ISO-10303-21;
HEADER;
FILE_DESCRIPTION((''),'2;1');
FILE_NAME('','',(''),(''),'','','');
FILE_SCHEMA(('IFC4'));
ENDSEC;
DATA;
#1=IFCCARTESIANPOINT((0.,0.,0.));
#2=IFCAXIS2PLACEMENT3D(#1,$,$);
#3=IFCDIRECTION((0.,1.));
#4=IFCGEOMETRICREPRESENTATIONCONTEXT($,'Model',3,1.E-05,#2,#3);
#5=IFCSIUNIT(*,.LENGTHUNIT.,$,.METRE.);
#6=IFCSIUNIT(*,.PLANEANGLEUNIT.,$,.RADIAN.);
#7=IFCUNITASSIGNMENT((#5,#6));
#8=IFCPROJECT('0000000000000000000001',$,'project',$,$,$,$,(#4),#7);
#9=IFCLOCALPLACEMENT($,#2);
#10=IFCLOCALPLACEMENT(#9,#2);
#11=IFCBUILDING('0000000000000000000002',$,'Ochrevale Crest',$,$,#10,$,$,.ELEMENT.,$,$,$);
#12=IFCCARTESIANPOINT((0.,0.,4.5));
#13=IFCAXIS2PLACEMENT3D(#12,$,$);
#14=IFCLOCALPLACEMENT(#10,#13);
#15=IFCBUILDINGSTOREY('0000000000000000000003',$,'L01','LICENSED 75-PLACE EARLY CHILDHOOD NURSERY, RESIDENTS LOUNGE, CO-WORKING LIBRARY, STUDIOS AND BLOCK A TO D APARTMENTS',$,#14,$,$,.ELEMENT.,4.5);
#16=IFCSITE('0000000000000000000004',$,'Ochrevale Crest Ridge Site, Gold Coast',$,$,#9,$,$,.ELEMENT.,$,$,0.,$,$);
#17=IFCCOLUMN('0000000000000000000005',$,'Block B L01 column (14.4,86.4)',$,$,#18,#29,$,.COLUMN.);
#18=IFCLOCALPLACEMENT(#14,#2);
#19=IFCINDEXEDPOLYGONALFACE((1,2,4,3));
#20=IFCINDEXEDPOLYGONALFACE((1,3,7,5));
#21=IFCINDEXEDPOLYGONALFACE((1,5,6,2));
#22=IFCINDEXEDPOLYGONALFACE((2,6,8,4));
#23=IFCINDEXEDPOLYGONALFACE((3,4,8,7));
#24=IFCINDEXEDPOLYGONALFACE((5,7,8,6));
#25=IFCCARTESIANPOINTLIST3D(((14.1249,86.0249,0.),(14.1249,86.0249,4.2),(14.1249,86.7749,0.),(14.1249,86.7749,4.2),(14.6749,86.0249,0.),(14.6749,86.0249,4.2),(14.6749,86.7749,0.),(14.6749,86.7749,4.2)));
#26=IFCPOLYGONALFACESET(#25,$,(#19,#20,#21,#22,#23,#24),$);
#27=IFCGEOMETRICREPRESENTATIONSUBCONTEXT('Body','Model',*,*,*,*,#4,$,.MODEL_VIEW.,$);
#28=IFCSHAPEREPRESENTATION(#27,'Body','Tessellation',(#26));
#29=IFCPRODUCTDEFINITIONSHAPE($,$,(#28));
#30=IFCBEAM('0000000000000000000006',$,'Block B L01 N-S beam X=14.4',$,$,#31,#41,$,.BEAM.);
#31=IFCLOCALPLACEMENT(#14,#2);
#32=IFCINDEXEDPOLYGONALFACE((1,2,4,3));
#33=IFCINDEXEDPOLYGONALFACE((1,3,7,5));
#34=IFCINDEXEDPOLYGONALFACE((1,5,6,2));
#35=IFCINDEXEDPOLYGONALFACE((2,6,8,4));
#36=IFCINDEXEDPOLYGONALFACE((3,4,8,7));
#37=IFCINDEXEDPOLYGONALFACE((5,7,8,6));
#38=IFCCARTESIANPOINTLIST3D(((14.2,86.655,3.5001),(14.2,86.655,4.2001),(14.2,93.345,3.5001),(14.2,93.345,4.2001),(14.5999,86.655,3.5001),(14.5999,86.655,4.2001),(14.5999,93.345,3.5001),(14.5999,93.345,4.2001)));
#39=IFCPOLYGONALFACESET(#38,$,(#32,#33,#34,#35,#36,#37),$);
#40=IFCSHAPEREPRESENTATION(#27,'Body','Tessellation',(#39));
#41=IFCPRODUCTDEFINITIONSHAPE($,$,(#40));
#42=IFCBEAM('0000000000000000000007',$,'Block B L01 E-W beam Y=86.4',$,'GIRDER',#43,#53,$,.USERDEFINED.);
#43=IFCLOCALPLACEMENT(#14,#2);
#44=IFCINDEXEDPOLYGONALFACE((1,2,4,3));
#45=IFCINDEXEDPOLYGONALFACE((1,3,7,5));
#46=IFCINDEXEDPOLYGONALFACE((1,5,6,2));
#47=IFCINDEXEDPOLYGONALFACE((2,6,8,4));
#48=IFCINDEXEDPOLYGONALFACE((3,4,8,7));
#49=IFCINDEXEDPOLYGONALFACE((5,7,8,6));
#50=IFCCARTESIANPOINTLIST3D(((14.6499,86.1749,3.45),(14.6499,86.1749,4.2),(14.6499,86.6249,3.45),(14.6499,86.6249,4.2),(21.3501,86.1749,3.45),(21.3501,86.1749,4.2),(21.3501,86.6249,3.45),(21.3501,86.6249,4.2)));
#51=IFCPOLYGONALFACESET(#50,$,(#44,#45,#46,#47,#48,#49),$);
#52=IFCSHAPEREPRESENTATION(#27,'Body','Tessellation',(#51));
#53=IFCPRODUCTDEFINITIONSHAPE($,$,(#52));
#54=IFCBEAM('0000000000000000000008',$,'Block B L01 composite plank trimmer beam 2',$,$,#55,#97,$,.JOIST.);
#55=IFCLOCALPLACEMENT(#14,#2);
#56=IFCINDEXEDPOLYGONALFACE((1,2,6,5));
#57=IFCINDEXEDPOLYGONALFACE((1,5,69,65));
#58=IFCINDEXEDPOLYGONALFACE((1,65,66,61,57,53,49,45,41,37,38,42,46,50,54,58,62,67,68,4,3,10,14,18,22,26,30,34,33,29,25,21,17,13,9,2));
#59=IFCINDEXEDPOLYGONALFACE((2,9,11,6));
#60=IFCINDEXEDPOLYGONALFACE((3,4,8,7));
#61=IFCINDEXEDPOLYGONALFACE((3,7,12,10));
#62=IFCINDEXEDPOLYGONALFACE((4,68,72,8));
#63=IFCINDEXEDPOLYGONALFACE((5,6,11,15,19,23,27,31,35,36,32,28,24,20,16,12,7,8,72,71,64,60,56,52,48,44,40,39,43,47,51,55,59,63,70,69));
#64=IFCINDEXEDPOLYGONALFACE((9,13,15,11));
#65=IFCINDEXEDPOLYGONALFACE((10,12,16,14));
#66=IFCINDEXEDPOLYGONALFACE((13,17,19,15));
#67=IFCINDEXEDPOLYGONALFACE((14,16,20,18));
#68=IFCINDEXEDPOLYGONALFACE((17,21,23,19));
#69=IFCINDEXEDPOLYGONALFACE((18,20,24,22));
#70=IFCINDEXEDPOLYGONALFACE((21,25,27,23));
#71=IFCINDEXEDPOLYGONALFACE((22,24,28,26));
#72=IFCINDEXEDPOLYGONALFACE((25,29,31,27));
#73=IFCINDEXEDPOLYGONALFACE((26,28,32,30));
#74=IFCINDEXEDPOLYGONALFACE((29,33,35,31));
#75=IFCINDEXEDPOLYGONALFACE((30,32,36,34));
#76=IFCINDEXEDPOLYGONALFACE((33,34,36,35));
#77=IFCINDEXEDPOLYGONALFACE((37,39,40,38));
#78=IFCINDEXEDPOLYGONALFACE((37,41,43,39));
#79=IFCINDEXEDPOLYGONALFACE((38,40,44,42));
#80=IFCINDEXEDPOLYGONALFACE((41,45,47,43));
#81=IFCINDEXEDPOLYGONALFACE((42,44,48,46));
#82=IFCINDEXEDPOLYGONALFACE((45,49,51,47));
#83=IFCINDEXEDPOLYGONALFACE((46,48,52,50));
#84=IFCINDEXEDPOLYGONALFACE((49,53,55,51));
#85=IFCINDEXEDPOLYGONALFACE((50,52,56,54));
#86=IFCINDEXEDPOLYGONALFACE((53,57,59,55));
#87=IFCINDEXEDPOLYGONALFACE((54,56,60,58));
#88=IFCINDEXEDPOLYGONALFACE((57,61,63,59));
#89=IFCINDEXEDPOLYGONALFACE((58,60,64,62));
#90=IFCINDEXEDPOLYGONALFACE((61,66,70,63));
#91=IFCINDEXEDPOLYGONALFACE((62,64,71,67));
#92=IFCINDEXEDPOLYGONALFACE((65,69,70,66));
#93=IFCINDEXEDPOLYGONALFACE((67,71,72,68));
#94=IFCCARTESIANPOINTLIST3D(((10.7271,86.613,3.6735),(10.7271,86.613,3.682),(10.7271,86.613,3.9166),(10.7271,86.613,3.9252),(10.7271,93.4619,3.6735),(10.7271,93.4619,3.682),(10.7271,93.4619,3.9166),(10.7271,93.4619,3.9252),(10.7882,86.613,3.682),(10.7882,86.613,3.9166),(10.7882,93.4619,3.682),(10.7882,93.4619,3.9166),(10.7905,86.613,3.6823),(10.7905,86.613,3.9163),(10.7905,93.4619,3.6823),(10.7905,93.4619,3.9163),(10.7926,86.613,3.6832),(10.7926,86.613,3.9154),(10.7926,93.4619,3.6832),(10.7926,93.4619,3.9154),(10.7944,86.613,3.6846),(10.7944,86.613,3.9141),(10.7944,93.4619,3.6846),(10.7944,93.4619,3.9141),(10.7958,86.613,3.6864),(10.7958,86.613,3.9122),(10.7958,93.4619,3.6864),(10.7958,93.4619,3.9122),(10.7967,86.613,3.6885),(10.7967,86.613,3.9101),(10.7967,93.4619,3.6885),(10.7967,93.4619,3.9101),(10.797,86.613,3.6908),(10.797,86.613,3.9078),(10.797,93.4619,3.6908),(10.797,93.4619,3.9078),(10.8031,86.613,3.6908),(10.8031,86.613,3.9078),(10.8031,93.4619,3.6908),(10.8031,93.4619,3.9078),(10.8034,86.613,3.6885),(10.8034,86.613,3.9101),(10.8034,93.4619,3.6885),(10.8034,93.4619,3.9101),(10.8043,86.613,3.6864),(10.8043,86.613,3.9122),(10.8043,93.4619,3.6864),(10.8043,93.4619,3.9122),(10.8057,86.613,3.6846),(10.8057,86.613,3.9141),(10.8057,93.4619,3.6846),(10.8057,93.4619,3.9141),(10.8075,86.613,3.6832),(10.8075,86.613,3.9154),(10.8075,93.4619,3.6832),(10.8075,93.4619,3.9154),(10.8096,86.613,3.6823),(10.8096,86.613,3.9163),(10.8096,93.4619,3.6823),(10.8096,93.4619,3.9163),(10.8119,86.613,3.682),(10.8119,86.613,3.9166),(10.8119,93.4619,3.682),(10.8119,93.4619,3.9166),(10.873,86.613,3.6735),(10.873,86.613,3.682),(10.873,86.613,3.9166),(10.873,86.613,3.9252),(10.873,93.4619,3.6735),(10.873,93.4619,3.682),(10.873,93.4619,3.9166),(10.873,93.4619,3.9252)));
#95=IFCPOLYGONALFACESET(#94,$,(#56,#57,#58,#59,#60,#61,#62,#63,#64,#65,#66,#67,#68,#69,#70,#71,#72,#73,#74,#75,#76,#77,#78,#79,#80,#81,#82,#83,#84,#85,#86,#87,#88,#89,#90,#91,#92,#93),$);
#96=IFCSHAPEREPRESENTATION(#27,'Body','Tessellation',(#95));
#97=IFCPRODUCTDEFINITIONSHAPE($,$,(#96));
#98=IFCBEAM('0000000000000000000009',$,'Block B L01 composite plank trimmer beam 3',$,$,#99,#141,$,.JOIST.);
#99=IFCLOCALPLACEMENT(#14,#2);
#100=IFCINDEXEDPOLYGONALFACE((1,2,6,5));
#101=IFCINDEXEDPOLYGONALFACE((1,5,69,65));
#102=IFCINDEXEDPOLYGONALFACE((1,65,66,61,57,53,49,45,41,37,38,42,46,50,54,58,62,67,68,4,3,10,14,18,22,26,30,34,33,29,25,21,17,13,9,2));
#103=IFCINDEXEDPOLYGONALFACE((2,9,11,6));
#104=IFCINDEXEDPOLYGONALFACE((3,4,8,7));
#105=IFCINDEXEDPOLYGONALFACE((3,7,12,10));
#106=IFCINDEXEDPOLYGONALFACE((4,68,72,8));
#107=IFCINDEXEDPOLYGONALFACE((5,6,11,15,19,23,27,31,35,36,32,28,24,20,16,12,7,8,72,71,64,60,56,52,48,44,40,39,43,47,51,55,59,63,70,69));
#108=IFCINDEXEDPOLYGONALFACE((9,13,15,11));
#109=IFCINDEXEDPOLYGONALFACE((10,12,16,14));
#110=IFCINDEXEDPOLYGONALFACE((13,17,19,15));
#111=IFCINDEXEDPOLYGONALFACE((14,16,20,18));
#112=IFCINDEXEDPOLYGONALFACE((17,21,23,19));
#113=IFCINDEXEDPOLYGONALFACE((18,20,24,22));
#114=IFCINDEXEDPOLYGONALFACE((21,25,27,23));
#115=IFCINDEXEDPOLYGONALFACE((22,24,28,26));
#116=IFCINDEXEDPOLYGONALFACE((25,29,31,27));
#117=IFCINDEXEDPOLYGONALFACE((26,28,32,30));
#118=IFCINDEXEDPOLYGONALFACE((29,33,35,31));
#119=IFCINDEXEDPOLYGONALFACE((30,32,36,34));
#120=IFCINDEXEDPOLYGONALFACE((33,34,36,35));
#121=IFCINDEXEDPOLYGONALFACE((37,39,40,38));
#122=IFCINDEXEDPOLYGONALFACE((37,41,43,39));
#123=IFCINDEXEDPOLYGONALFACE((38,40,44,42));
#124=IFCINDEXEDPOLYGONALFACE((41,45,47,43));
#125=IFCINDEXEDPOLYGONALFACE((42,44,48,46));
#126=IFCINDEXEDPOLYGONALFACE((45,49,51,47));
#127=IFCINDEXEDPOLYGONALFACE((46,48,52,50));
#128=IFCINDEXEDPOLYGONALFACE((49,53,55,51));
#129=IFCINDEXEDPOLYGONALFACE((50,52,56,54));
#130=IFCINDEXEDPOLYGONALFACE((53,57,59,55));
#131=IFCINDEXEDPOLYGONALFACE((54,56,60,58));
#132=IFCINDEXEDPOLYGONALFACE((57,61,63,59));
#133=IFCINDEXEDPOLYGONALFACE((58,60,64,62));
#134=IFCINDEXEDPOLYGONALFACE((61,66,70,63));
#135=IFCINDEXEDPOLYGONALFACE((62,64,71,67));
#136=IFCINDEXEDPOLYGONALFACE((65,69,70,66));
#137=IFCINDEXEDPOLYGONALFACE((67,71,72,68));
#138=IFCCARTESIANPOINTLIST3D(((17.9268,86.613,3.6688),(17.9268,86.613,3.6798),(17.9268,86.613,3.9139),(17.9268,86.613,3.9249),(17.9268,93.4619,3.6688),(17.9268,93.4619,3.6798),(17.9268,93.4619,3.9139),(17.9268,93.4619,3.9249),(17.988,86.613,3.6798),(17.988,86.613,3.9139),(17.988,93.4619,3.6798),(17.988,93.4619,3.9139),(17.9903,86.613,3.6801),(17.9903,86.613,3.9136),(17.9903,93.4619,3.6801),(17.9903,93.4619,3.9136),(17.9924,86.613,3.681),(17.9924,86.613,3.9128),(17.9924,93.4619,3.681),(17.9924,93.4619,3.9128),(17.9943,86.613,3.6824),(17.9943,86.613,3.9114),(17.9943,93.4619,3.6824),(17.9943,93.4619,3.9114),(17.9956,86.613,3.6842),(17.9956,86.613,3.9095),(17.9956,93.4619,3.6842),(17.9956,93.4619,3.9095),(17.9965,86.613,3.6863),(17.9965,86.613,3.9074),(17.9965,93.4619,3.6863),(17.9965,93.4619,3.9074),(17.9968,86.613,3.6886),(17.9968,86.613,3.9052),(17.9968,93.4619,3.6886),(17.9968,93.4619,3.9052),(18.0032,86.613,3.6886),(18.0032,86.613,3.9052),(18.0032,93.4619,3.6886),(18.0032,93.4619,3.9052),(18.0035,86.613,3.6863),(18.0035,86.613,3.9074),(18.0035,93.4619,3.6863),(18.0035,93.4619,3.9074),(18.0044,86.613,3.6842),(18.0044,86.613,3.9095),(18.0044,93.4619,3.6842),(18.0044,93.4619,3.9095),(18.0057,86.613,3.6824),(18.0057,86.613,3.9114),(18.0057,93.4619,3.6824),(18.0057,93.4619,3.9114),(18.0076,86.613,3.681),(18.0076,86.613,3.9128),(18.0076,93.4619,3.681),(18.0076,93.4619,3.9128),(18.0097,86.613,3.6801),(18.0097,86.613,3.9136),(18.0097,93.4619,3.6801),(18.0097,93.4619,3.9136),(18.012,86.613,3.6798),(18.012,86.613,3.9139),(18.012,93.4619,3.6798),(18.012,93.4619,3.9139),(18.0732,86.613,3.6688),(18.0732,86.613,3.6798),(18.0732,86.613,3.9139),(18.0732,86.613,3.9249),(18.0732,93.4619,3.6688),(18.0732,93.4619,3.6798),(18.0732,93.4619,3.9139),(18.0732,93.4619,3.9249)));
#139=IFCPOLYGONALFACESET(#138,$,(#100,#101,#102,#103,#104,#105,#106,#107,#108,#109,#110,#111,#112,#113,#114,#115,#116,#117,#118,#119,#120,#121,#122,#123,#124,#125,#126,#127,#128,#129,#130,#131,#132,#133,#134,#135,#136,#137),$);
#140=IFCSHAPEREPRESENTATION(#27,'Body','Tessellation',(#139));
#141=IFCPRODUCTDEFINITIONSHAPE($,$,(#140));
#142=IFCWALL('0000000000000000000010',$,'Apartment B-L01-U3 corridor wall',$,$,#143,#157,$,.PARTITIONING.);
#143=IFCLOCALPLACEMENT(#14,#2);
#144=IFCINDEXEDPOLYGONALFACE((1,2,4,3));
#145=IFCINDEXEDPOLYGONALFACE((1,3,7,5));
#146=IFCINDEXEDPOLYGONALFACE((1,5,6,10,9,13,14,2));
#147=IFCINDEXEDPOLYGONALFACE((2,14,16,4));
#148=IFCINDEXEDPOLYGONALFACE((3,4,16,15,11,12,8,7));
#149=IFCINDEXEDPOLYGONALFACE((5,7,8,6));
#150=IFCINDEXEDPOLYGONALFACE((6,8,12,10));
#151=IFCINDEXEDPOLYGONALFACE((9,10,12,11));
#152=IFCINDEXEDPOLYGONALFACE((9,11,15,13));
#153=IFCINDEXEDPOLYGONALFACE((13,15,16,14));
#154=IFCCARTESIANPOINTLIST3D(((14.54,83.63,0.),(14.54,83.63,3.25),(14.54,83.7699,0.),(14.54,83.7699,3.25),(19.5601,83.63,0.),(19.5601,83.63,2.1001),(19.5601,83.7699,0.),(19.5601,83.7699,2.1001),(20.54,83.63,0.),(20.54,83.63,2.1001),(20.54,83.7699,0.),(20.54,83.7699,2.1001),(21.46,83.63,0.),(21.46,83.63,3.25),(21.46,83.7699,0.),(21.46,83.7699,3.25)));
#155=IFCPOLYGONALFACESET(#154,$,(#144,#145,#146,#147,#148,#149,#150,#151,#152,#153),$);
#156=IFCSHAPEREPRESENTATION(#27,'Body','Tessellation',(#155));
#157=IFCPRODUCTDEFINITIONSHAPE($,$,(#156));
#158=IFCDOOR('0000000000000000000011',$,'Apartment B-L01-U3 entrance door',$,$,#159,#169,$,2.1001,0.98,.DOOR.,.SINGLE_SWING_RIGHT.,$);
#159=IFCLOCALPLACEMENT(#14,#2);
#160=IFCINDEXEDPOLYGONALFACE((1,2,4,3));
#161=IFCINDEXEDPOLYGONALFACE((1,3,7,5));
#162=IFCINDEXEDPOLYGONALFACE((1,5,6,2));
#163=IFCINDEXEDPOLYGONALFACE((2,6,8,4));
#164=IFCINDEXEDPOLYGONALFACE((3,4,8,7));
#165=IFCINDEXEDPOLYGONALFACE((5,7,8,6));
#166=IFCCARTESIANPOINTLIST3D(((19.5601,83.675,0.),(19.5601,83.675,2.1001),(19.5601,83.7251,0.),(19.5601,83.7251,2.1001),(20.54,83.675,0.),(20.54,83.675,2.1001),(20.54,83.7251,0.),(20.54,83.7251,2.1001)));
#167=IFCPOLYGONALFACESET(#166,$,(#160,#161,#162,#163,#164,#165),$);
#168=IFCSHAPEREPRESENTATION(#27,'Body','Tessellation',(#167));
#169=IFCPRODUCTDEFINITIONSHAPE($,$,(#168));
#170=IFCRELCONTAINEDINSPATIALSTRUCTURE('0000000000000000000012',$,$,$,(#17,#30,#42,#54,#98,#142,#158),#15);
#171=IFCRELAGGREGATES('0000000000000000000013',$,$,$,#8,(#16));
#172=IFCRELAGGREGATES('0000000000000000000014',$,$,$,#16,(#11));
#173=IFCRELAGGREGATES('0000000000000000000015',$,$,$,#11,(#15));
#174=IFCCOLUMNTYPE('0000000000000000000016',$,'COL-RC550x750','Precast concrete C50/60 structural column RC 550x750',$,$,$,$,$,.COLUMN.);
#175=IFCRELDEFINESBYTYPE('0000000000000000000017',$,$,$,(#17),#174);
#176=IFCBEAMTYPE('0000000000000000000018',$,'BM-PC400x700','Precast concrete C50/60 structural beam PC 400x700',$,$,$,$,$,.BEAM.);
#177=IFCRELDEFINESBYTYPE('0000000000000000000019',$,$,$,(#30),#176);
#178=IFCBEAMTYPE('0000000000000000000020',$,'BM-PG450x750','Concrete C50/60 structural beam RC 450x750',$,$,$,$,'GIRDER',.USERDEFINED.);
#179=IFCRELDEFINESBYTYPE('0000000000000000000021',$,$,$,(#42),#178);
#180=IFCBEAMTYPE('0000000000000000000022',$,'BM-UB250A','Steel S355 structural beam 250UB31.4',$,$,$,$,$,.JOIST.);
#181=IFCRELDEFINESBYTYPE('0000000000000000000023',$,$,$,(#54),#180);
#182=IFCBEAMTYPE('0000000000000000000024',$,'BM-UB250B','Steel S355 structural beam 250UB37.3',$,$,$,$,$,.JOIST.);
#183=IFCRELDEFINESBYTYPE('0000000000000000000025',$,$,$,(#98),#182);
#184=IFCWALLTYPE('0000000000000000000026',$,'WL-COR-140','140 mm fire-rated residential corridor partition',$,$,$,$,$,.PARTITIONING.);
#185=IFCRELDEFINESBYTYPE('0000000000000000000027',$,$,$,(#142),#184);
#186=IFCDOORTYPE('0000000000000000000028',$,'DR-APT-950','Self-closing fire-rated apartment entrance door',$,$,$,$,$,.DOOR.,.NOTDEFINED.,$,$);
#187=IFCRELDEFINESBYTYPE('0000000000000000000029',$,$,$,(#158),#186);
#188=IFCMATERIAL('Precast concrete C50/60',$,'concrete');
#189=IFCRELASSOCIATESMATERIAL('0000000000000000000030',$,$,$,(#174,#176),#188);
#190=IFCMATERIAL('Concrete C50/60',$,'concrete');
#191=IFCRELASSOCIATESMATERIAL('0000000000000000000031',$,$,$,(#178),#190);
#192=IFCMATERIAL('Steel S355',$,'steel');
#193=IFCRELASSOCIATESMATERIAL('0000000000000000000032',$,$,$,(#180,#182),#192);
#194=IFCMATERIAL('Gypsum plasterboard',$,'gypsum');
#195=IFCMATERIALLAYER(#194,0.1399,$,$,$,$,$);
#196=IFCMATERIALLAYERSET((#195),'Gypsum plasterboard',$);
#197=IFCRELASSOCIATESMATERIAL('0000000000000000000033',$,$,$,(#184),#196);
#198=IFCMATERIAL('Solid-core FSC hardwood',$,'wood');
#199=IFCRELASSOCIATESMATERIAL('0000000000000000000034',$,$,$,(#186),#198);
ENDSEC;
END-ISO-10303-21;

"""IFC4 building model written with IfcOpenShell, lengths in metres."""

from ifc_helpers import new_model, si_unit, direction, frame, frame_2d, origin, origin_2d, place, context, subcontext, project, spatial, rectangle, i_section, extrude, material, layer, layer_set, material_profile, profile_set, type_object, element, fill, save


model = new_model("IFC4")

# Units and contexts
model_context = context("Model", 3, precision=1e-05, world=origin(), true_north=direction((0.0, 1.0)))
body_context = subcontext(model_context, "Body", "Model", "MODEL_VIEW")
ifc_project = project(units=[si_unit("LENGTHUNIT", "METRE"), si_unit("PLANEANGLEUNIT", "RADIAN")], contexts=[model_context])

# Site, building, storey
site_placement = place(None, origin())
site = spatial("IfcSite", under=ifc_project, at=site_placement, Name="Ochrevale Crest Ridge Site, Gold Coast", CompositionType="ELEMENT", RefElevation=0.0)
building_placement = place(site_placement, origin())
building = spatial("IfcBuilding", under=site, at=building_placement, Name="Ochrevale Crest", CompositionType="ELEMENT")
storey_placement = place(building_placement, frame((0.0, 0.0, 4.5)))
storey = spatial("IfcBuildingStorey", under=building, at=storey_placement, Name="L01", Description="LICENSED 75-PLACE EARLY CHILDHOOD NURSERY, RESIDENTS LOUNGE, CO-WORKING LIBRARY, STUDIOS AND BLOCK A TO D APARTMENTS", CompositionType="ELEMENT", Elevation=4.5)

# Column
ifc_material_1 = material(Name="Precast concrete C50/60", Category="concrete")
ifc_material_profile_1 = material_profile(ifc_material_1, rectangle(XDim=0.55, YDim=0.75, at=origin_2d()), Name="RC 550x750")
ifc_profile_set_1 = profile_set([ifc_material_profile_1], Name="Precast concrete C50/60")
column_type = type_object("IfcColumnType", Name="COL-RC550x750", Description="Precast concrete C50/60 structural column RC 550x750", PredefinedType="COLUMN", material=ifc_profile_set_1)
column_placement = place(storey_placement, frame((14.3999, 86.3999, 0.0), z_axis=(0.0, 0.0, 1.0), x_axis=(1.0, 0.0, 0.0)))
element("IfcColumn", 1, at=column_placement, inside=storey, type_object=column_type, Name="Block B L01 column (14.4,86.4)", PredefinedType="COLUMN", context=body_context, shape_type="SweptSolid", body=[
    extrude(rectangle(XDim=0.55, YDim=0.75, at=origin_2d()), origin(), (0.0, 0.0, 1.0), 4.2),
])

# Beams
ifc_material_profile_2 = material_profile(ifc_material_1, rectangle(XDim=0.3999, YDim=0.7, at=origin_2d()), Name="PC 400x700")
ifc_profile_set_2 = profile_set([ifc_material_profile_2], Name="Precast concrete C50/60")
beam_type_1 = type_object("IfcBeamType", Name="BM-PC400x700", Description="Precast concrete C50/60 structural beam PC 400x700", PredefinedType="BEAM", material=ifc_profile_set_2)
beam_1_placement = place(storey_placement, frame((14.3999, 86.655, 3.8501), z_axis=(0.0, 1.0, 0.0), x_axis=(-1.0, 0.0, 0.0)))
element("IfcBeam", 2, at=beam_1_placement, inside=storey, type_object=beam_type_1, Name="Block B L01 N-S beam X=14.4", PredefinedType="BEAM", context=body_context, shape_type="SweptSolid", body=[
    extrude(rectangle(XDim=0.3999, YDim=0.7, at=origin_2d()), origin(), (0.0, 0.0, 1.0), 6.6899),
])
ifc_material_2 = material(Name="Concrete C50/60", Category="concrete")
ifc_material_profile_3 = material_profile(ifc_material_2, rectangle(XDim=0.45, YDim=0.75, at=origin_2d()), Name="RC 450x750")
ifc_profile_set_3 = profile_set([ifc_material_profile_3], Name="Concrete C50/60")
beam_type_2 = type_object("IfcBeamType", Name="BM-PG450x750", Description="Concrete C50/60 structural beam RC 450x750", ElementType="GIRDER", PredefinedType="USERDEFINED", material=ifc_profile_set_3)
beam_2_placement = place(storey_placement, frame((14.6499, 86.3999, 3.825), z_axis=(1.0, 0.0, 0.0), x_axis=(0.0, 1.0, 0.0)))
element("IfcBeam", 3, at=beam_2_placement, inside=storey, type_object=beam_type_2, Name="Block B L01 E-W beam Y=86.4", ObjectType="GIRDER", PredefinedType="USERDEFINED", context=body_context, shape_type="SweptSolid", body=[
    extrude(rectangle(XDim=0.45, YDim=0.75, at=origin_2d()), origin(), (0.0, 0.0, 1.0), 6.7002),
])
ifc_material_3 = material(Name="Steel S355", Category="steel")
ifc_material_profile_4 = material_profile(ifc_material_3, i_section(OverallWidth=0.146, OverallDepth=0.2517, WebThickness=0.0061, FlangeThickness=0.0085, FilletRadius=0.0088, at=origin_2d()), Name="250UB31.4")
ifc_profile_set_4 = profile_set([ifc_material_profile_4], Name="Steel S355")
beam_type_3 = type_object("IfcBeamType", Name="BM-UB250A", Description="Steel S355 structural beam 250UB31.4", PredefinedType="JOIST", material=ifc_profile_set_4)
beam_3_placement = place(storey_placement, frame((10.8, 86.613, 3.7993), z_axis=(0.0, 1.0, 0.0), x_axis=(-1.0, 0.0, 0.0)))
element("IfcBeam", 4, at=beam_3_placement, inside=storey, type_object=beam_type_3, Name="Block B L01 composite plank trimmer beam 2", PredefinedType="JOIST", context=body_context, shape_type="SweptSolid", body=[
    extrude(i_section(OverallWidth=0.146, OverallDepth=0.2517, WebThickness=0.0061, FlangeThickness=0.0085, FilletRadius=0.0088, at=origin_2d()), origin(), (0.0, 0.0, 1.0), 6.8489),
])
ifc_material_profile_5 = material_profile(ifc_material_3, i_section(OverallWidth=0.1465, OverallDepth=0.2561, WebThickness=0.0063, FlangeThickness=0.011, FilletRadius=0.0088, at=origin_2d()), Name="250UB37.3")
ifc_profile_set_5 = profile_set([ifc_material_profile_5], Name="Steel S355")
beam_type_4 = type_object("IfcBeamType", Name="BM-UB250B", Description="Steel S355 structural beam 250UB37.3", PredefinedType="JOIST", material=ifc_profile_set_5)
beam_4_placement = place(storey_placement, frame((18.0, 86.613, 3.7969), z_axis=(0.0, 1.0, 0.0), x_axis=(-1.0, 0.0, 0.0)))
element("IfcBeam", 5, at=beam_4_placement, inside=storey, type_object=beam_type_4, Name="Block B L01 composite plank trimmer beam 3", PredefinedType="JOIST", context=body_context, shape_type="SweptSolid", body=[
    extrude(i_section(OverallWidth=0.1465, OverallDepth=0.2561, WebThickness=0.0063, FlangeThickness=0.011, FilletRadius=0.0088, at=origin_2d()), origin(), (0.0, 0.0, 1.0), 6.8489),
])

# Wall, opening, door
ifc_material_4 = material(Name="Gypsum plasterboard", Category="gypsum")
ifc_layer_1 = layer(ifc_material_4, 0.1399)
ifc_layer_set_1 = layer_set([ifc_layer_1], Name="Gypsum plasterboard")
wall_type_1 = type_object("IfcWallType", Name="WL-COR-140", Description="140 mm fire-rated residential corridor partition", PredefinedType="PARTITIONING", material=ifc_layer_set_1)
wall_1_placement = place(storey_placement, frame((14.54, 83.7, 0.0), z_axis=(0.0, 0.0, 1.0), x_axis=(1.0, 0.0, 0.0)))
wall_1 = element("IfcWall", 6, at=wall_1_placement, inside=storey, type_object=wall_type_1, Name="Apartment B-L01-U3 corridor wall", PredefinedType="PARTITIONING", context=body_context, shape_type="SweptSolid", body=[
    extrude(rectangle(XDim=6.9199, YDim=0.1399, at=frame_2d((3.46, 0.0))), origin(), (0.0, 0.0, 1.0), 3.25),
])
opening_1_placement = place(wall_1_placement, frame((6.0, 0.0, 0.0), z_axis=(0.0, 0.0, 1.0), x_axis=(-1.0, 0.0, 0.0)))
opening_1 = element("IfcOpeningElement", 7, at=opening_1_placement, cuts=wall_1, PredefinedType="OPENING", context=body_context, shape_type="SweptSolid", body=[
    extrude(rectangle(XDim=0.98, YDim=2.1001, at=frame_2d((0.49, 1.05))), frame((0.0, 0.0801, 0.0), z_axis=(0.0, -1.0, 0.0), x_axis=(1.0, 0.0, 0.0)), (0.0, 0.0, 1.0), 0.1599),
])
ifc_material_5 = material(Name="Solid-core FSC hardwood", Category="wood")
door_type_1 = type_object("IfcDoorType", Name="DR-APT-950", Description="Self-closing fire-rated apartment entrance door", OperationType="NOTDEFINED", PredefinedType="DOOR", material=ifc_material_5)
door_1_placement = place(opening_1_placement, origin())
door_1 = element("IfcDoor", 8, at=door_1_placement, inside=storey, type_object=door_type_1, Name="Apartment B-L01-U3 entrance door", OperationType="SINGLE_SWING_RIGHT", OverallHeight=2.1001, OverallWidth=0.98, PredefinedType="DOOR", context=body_context, shape_type="SweptSolid", body=[
    extrude(rectangle(XDim=0.98, YDim=2.1001, at=frame_2d((0.49, 1.05))), frame((0.0, 0.0249, 0.0), z_axis=(0.0, -1.0, 0.0), x_axis=(1.0, 0.0, 0.0)), (0.0, 0.0, 1.0), 0.05),
])
fill(opening_1, door_1)

save(model, "model.ifc")
